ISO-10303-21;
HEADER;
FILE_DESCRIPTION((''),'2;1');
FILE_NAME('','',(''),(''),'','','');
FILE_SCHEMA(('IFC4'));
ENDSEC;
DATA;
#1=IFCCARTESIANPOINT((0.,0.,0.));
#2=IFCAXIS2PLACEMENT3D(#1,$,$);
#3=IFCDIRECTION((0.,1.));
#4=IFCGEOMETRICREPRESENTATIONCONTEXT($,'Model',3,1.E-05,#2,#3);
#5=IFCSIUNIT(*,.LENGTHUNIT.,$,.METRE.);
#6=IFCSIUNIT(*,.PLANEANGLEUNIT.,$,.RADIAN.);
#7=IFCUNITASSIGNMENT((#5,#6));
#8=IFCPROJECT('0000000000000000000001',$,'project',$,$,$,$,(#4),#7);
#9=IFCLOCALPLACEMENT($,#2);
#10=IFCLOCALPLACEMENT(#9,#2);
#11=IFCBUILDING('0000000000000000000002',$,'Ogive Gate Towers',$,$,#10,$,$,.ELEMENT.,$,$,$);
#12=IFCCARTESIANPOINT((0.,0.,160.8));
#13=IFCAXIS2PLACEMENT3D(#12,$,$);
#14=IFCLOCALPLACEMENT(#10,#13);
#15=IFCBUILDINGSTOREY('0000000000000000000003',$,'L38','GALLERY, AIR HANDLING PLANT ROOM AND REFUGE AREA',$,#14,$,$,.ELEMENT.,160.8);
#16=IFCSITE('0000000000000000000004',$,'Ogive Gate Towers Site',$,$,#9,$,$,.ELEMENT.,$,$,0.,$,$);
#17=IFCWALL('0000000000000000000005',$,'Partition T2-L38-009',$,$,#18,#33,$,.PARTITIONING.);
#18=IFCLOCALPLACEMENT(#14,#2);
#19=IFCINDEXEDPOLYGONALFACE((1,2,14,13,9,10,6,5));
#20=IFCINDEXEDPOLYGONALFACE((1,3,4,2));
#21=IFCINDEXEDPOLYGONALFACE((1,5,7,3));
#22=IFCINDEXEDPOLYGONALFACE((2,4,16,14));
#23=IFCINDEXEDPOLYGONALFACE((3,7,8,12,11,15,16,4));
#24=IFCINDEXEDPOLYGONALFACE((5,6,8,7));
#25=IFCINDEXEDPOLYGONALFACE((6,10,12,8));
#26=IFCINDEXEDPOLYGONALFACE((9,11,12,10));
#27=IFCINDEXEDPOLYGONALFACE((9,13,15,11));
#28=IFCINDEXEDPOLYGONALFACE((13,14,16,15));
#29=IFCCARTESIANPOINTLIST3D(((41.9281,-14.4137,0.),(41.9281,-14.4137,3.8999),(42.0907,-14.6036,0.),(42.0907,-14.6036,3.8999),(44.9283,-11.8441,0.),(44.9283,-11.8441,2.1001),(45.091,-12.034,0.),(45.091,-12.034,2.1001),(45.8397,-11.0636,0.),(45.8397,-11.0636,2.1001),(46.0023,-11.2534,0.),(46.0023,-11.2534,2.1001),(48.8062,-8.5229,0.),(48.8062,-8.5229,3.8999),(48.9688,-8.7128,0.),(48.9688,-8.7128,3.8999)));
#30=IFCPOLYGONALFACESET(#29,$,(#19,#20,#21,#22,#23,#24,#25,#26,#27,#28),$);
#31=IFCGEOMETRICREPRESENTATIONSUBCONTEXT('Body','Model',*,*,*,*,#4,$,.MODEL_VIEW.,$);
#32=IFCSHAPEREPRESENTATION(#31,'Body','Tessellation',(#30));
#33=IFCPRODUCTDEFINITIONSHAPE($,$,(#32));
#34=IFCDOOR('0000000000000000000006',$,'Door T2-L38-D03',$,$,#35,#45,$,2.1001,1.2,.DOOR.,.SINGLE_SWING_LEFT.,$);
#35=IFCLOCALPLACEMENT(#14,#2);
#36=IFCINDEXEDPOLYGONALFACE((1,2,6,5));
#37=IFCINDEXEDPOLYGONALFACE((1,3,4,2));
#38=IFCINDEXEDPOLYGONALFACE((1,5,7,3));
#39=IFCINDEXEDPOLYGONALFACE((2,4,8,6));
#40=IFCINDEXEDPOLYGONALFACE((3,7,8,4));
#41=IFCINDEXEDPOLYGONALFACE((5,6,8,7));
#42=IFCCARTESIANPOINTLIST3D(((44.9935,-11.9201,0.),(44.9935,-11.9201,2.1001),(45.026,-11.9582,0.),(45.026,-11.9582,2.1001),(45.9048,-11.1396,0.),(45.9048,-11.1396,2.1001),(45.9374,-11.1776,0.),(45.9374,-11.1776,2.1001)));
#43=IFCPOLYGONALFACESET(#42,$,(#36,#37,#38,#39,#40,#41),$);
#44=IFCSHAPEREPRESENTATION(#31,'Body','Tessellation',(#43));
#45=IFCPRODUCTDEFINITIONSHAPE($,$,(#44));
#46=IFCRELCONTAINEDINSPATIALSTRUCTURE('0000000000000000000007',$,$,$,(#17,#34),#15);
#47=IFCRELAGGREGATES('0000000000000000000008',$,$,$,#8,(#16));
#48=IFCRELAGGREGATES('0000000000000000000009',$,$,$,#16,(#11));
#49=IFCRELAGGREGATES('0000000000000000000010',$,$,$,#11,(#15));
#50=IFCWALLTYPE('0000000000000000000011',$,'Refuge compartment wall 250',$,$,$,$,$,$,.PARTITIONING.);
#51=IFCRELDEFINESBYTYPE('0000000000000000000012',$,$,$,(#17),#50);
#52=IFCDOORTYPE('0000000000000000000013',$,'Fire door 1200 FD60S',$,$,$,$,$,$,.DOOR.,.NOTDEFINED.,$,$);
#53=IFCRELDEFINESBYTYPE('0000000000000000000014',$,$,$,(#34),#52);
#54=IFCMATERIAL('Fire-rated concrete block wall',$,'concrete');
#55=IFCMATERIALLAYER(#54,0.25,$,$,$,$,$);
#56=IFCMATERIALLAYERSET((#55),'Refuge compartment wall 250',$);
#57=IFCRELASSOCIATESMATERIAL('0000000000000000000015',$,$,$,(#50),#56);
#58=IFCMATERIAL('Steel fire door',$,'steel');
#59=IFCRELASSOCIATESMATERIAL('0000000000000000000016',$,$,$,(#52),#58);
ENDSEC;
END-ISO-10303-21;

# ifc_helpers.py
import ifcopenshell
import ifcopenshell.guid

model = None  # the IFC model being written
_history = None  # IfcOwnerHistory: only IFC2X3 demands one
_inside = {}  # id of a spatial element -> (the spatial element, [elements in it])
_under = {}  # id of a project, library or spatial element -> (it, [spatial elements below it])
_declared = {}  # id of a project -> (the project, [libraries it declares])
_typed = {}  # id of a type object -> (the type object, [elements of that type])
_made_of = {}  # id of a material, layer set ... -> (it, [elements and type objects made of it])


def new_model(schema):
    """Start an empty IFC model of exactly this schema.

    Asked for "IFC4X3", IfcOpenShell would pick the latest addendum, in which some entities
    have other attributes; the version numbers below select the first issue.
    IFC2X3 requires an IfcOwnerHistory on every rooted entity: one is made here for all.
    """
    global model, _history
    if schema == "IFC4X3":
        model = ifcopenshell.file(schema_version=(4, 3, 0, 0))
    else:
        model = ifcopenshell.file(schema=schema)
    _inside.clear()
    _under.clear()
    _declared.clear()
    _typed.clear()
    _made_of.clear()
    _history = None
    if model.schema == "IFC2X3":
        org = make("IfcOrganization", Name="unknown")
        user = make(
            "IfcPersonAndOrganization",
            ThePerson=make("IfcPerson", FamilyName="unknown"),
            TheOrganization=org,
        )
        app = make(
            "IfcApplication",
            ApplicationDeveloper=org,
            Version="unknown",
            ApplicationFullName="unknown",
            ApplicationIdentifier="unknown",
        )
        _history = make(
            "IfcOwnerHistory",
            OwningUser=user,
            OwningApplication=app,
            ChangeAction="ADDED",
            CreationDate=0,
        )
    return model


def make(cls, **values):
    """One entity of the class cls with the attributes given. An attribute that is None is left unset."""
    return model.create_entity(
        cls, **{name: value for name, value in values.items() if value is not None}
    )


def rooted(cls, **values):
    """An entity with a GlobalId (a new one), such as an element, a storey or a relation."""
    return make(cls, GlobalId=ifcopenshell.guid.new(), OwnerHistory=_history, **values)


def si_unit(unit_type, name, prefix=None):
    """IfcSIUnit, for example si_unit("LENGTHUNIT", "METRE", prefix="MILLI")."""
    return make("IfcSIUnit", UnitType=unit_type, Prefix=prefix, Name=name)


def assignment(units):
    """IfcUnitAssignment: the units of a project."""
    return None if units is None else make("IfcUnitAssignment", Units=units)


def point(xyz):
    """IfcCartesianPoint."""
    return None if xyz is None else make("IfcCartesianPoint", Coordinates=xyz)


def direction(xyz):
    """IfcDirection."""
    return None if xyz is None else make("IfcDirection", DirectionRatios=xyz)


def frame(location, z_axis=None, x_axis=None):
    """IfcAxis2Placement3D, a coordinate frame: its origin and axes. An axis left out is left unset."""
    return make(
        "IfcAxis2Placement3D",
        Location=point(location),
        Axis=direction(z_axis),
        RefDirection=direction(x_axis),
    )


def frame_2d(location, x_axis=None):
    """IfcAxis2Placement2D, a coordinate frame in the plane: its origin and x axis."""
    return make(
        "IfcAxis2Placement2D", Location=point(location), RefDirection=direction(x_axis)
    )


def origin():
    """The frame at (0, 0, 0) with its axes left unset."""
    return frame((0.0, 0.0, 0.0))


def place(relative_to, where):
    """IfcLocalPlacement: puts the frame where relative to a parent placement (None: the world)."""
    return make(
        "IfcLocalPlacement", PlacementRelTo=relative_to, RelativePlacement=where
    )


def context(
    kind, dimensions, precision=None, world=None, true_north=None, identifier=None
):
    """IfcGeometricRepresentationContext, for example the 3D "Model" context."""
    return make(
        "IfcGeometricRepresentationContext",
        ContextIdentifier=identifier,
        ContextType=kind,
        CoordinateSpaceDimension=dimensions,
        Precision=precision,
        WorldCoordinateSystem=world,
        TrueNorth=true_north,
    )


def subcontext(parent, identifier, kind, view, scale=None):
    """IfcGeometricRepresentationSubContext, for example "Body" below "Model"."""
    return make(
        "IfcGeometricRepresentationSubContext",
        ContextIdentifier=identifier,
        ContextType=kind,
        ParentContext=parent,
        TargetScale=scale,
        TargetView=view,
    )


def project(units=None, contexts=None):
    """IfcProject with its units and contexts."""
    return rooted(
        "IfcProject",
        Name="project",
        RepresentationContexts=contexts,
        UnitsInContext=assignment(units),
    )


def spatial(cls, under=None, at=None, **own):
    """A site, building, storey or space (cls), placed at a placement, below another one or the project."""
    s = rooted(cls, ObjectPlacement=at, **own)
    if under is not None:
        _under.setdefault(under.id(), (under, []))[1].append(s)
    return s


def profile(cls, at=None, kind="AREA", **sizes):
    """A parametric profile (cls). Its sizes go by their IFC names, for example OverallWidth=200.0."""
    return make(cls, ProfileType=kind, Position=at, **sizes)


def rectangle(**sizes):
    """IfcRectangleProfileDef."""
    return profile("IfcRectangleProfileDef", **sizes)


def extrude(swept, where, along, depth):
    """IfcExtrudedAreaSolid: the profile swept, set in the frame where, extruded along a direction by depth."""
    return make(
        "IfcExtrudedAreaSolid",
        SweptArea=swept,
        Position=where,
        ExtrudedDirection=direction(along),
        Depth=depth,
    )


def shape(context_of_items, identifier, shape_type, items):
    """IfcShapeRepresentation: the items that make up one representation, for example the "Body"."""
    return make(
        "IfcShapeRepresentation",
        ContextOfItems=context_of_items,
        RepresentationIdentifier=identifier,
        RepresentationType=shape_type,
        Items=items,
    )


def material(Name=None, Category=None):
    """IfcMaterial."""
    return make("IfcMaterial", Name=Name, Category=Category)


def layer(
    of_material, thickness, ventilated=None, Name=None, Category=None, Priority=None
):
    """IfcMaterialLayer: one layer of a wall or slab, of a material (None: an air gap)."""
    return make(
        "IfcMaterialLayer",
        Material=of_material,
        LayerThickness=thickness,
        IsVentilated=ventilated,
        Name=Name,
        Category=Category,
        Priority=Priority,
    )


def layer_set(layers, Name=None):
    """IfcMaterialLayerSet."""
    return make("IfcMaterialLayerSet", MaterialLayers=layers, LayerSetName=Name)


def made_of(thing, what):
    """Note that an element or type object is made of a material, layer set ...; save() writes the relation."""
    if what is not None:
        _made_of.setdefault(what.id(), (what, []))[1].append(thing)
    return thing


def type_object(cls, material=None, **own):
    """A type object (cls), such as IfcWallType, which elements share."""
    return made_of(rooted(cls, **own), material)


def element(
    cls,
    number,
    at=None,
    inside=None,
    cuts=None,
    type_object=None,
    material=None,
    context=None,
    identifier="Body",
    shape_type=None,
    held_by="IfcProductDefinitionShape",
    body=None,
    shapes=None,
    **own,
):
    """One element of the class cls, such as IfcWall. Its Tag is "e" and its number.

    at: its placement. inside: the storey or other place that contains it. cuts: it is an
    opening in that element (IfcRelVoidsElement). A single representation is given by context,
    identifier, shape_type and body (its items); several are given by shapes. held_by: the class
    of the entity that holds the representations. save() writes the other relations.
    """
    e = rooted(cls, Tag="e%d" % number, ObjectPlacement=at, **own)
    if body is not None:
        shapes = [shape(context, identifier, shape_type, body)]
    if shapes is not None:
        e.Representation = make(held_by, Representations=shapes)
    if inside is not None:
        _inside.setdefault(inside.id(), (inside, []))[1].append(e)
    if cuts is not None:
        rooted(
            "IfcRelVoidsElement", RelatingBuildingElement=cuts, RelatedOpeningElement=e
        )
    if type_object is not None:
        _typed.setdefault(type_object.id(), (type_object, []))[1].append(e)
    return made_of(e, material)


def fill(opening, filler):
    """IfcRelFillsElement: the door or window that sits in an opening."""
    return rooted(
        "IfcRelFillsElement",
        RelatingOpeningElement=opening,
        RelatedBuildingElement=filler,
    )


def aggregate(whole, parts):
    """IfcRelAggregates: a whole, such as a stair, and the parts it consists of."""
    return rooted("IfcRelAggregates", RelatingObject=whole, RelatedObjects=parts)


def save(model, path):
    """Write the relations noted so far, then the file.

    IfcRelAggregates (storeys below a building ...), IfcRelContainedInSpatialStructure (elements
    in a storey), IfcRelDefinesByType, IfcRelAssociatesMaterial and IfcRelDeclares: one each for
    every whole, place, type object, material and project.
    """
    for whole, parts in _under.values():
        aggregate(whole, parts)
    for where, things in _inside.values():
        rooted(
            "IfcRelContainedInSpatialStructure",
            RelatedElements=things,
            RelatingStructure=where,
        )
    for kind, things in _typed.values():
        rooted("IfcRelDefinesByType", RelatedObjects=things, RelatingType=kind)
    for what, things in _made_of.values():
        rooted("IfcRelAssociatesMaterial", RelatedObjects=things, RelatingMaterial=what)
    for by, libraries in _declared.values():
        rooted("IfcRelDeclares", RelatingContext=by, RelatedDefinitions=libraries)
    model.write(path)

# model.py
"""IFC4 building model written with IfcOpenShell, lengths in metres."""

from ifc_helpers import new_model, si_unit, direction, frame, frame_2d, origin, place, context, subcontext, project, spatial, rectangle, extrude, material, layer, layer_set, type_object, element, fill, save


model = new_model("IFC4")

# Units and contexts
model_context = context("Model", 3, precision=1e-05, world=origin(), true_north=direction((0.0, 1.0)))
body_context = subcontext(model_context, "Body", "Model", "MODEL_VIEW")
ifc_project = project(units=[si_unit("LENGTHUNIT", "METRE"), si_unit("PLANEANGLEUNIT", "RADIAN")], contexts=[model_context])

# Site, building, storey
site_placement = place(None, origin())
site = spatial("IfcSite", under=ifc_project, at=site_placement, Name="Ogive Gate Towers Site", CompositionType="ELEMENT", RefElevation=0.0)
building_placement = place(site_placement, origin())
building = spatial("IfcBuilding", under=site, at=building_placement, Name="Ogive Gate Towers", CompositionType="ELEMENT")
storey_placement = place(building_placement, frame((0.0, 0.0, 160.8)))
storey = spatial("IfcBuildingStorey", under=building, at=storey_placement, Name="L38", Description="GALLERY, AIR HANDLING PLANT ROOM AND REFUGE AREA", CompositionType="ELEMENT", Elevation=160.8)

# Shared definitions
ifc_material_1 = material(Name="Steel fire door", Category="steel")

# Wall, opening, door
ifc_material_2 = material(Name="Fire-rated concrete block wall", Category="concrete")
ifc_layer_1 = layer(ifc_material_2, 0.25)
ifc_layer_set_1 = layer_set([ifc_layer_1], Name="Refuge compartment wall 250")
wall_type_1 = type_object("IfcWallType", Name="Refuge compartment wall 250", PredefinedType="PARTITIONING", material=ifc_layer_set_1)
wall_1_placement = place(storey_placement, frame((42.0095, -14.5085, 0.0), z_axis=(0.0, 0.0, 1.0), x_axis=(0.759513, 0.650492, 0.0)))
wall_1 = element("IfcWall", 1, at=wall_1_placement, inside=storey, type_object=wall_type_1, Name="Partition T2-L38-009", PredefinedType="PARTITIONING", context=body_context, shape_type="SweptSolid", body=[
    extrude(rectangle(XDim=9.0559, YDim=0.25, at=frame_2d((4.5278, 0.0))), origin(), (0.0, 0.0, 1.0), 3.8999),
])
opening_1_placement = place(wall_1_placement, frame((3.95, 0.0, 0.0)))
opening_1 = element("IfcOpeningElement", 2, at=opening_1_placement, cuts=wall_1, PredefinedType="OPENING", context=body_context, shape_type="SweptSolid", body=[
    extrude(rectangle(XDim=1.2, YDim=2.1001, at=frame_2d((0.6001, 1.05))), frame((0.0, 0.135, 0.0), z_axis=(0.0, -1.0, 0.0), x_axis=(1.0, 0.0, 0.0)), (0.0, 0.0, 1.0), 0.27),
])
door_type_1 = type_object("IfcDoorType", Name="Fire door 1200 FD60S", OperationType="NOTDEFINED", PredefinedType="DOOR", material=ifc_material_1)
door_1_placement = place(opening_1_placement, origin())
door_1 = element("IfcDoor", 3, at=door_1_placement, inside=storey, type_object=door_type_1, Name="Door T2-L38-D03", OperationType="SINGLE_SWING_LEFT", OverallHeight=2.1001, OverallWidth=1.2, PredefinedType="DOOR", context=body_context, shape_type="SweptSolid", body=[
    extrude(rectangle(XDim=1.2, YDim=2.1001, at=frame_2d((0.6001, 1.05))), frame((0.0, 0.0249, 0.0), z_axis=(0.0, -1.0, 0.0), x_axis=(1.0, 0.0, 0.0)), (0.0, 0.0, 1.0), 0.05),
])
fill(opening_1, door_1)

save(model, "model.ifc")
